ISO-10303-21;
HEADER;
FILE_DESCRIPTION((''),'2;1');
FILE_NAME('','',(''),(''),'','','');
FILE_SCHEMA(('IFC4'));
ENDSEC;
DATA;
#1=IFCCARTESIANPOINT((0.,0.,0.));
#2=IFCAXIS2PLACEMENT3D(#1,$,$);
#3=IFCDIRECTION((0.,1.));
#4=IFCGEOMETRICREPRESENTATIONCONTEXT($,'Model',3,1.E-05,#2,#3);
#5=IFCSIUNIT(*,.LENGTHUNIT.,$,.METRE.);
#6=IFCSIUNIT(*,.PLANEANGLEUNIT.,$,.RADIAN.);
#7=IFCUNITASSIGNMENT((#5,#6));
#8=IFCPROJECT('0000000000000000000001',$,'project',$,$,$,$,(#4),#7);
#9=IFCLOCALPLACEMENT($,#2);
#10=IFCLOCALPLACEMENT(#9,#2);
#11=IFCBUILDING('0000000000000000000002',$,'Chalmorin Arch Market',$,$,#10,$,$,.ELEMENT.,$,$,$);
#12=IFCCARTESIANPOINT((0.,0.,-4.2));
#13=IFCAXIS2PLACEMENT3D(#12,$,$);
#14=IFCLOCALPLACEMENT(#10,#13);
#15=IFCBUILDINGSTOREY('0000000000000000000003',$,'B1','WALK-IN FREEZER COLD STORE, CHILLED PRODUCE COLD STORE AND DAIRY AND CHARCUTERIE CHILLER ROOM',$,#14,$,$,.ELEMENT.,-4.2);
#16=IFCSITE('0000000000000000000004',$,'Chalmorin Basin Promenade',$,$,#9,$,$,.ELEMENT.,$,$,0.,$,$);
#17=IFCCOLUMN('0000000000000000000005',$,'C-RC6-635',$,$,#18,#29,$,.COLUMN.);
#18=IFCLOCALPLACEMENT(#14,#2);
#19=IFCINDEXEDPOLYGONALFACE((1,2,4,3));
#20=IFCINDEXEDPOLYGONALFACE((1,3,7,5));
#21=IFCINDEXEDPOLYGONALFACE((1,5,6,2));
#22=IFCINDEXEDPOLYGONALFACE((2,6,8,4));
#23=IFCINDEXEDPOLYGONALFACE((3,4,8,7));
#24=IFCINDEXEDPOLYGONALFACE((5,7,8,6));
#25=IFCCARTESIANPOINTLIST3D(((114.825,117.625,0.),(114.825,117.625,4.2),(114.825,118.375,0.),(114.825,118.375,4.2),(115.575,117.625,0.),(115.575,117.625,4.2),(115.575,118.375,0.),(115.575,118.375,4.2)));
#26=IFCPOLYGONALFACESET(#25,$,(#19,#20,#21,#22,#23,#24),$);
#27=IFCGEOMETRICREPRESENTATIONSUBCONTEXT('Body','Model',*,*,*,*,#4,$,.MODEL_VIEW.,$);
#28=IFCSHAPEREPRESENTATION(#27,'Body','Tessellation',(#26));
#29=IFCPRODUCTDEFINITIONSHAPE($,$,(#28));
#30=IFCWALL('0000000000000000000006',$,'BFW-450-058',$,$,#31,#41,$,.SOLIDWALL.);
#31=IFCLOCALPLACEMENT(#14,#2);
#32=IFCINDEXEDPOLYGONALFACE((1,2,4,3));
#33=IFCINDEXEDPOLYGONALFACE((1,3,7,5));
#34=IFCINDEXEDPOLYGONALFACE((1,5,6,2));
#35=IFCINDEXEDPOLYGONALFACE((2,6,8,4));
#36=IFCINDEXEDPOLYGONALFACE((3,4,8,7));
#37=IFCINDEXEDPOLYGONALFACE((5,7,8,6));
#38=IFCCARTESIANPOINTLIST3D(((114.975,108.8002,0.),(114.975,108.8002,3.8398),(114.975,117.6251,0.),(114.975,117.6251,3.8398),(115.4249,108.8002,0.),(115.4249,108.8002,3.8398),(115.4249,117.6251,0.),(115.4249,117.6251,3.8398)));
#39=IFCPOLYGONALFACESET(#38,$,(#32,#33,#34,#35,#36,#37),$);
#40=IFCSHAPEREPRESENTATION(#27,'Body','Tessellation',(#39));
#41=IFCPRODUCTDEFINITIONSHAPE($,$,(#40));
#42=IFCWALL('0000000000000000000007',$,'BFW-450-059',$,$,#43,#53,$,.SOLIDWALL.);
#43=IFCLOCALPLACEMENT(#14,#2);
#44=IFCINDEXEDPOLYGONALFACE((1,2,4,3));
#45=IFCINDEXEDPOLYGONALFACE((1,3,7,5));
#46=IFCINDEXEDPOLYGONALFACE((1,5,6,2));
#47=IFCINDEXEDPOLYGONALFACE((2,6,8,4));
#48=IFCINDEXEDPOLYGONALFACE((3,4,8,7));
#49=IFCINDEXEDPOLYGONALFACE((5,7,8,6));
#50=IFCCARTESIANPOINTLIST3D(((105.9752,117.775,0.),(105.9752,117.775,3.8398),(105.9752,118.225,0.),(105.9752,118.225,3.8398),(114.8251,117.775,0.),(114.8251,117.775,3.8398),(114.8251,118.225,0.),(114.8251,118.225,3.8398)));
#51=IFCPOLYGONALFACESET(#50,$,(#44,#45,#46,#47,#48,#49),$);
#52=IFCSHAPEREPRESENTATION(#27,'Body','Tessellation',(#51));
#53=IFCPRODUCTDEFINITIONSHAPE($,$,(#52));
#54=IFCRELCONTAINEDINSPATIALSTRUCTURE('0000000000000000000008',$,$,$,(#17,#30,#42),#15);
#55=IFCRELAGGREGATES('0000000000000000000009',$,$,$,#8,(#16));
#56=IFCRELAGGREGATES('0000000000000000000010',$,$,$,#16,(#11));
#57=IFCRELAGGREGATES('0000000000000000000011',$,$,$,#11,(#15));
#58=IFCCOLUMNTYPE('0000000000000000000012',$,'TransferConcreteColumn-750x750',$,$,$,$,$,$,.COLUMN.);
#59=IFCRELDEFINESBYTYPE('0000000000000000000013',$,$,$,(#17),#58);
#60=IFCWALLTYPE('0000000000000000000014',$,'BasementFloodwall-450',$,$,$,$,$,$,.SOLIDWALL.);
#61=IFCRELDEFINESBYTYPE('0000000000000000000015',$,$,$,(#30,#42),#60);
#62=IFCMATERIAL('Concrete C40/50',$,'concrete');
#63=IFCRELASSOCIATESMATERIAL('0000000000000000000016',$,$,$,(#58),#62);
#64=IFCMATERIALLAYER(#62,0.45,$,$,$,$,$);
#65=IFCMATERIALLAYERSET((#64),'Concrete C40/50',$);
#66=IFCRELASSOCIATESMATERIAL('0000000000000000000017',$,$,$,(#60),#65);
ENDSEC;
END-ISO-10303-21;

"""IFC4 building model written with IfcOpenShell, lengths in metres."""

from ifc_helpers import new_model, si_unit, direction, frame, frame_2d, origin, origin_2d, place, context, subcontext, project, spatial, rectangle, extrude, material, layer, layer_set, material_profile, profile_set, type_object, element, save


model = new_model("IFC4")

# Units and contexts
model_context = context("Model", 3, precision=1e-05, world=origin(), true_north=direction((0.0, 1.0)))
body_context = subcontext(model_context, "Body", "Model", "MODEL_VIEW")
ifc_project = project(units=[si_unit("LENGTHUNIT", "METRE"), si_unit("PLANEANGLEUNIT", "RADIAN")], contexts=[model_context])

# Site, building, storey
site_placement = place(None, origin())
site = spatial("IfcSite", under=ifc_project, at=site_placement, Name="Chalmorin Basin Promenade", CompositionType="ELEMENT", RefElevation=0.0)
building_placement = place(site_placement, origin())
building = spatial("IfcBuilding", under=site, at=building_placement, Name="Chalmorin Arch Market", CompositionType="ELEMENT")
storey_placement = place(building_placement, frame((0.0, 0.0, -4.2)))
storey = spatial("IfcBuildingStorey", under=building, at=storey_placement, Name="B1", Description="WALK-IN FREEZER COLD STORE, CHILLED PRODUCE COLD STORE AND DAIRY AND CHARCUTERIE CHILLER ROOM", CompositionType="ELEMENT", Elevation=-4.2)

# Shared definitions
ifc_material_1 = material(Name="Concrete C40/50", Category="concrete")

# Column
ifc_material_profile_1 = material_profile(ifc_material_1, rectangle(XDim=0.75, YDim=0.75, at=origin_2d()), Name="RC750X750")
ifc_profile_set_1 = profile_set([ifc_material_profile_1], Name="Concrete C40/50")
column_type = type_object("IfcColumnType", Name="TransferConcreteColumn-750x750", PredefinedType="COLUMN", material=ifc_profile_set_1)
for number, where, z_axis, x_axis, name in (
    (1, (115.2, 118.0, 0.0), (0.0, 0.0, 1.0), (1.0, 0.0, 0.0), "C-RC6-635"),
):
    element("IfcColumn", number, at=place(storey_placement, frame(where, z_axis=z_axis, x_axis=x_axis)), inside=storey, type_object=column_type, Name=name, PredefinedType="COLUMN", context=body_context, shape_type="SweptSolid", body=[
        extrude(rectangle(XDim=0.75, YDim=0.75, at=origin_2d()), origin(), (0.0, 0.0, 1.0), 4.2),
    ])

# Walls
ifc_layer_1 = layer(ifc_material_1, 0.45)
ifc_layer_set_1 = layer_set([ifc_layer_1], Name="Concrete C40/50")
wall_type = type_object("IfcWallType", Name="BasementFloodwall-450", PredefinedType="SOLIDWALL", material=ifc_layer_set_1)
wall_1_placement = place(storey_placement, frame((115.2, 108.8, 0.0), z_axis=(0.0, 0.0, 1.0), x_axis=(0.0, 1.0, 0.0)))
element("IfcWall", 2, at=wall_1_placement, inside=storey, type_object=wall_type, Name="BFW-450-058", PredefinedType="SOLIDWALL", context=body_context, shape_type="SweptSolid", body=[
    extrude(rectangle(XDim=8.825, YDim=0.45, at=frame_2d((4.4126, 0.0))), origin(), (0.0, 0.0, 1.0), 3.8398),
])
wall_2_placement = place(storey_placement, frame((114.825, 118.0, 0.0), z_axis=(0.0, 0.0, 1.0), x_axis=(-1.0, 0.0, 0.0)))
element("IfcWall", 3, at=wall_2_placement, inside=storey, type_object=wall_type, Name="BFW-450-059", PredefinedType="SOLIDWALL", context=body_context, shape_type="SweptSolid", body=[
    extrude(rectangle(XDim=8.8499, YDim=0.45, at=frame_2d((4.4248, 0.0))), origin(), (0.0, 0.0, 1.0), 3.8398),
])

save(model, "model.ifc")
